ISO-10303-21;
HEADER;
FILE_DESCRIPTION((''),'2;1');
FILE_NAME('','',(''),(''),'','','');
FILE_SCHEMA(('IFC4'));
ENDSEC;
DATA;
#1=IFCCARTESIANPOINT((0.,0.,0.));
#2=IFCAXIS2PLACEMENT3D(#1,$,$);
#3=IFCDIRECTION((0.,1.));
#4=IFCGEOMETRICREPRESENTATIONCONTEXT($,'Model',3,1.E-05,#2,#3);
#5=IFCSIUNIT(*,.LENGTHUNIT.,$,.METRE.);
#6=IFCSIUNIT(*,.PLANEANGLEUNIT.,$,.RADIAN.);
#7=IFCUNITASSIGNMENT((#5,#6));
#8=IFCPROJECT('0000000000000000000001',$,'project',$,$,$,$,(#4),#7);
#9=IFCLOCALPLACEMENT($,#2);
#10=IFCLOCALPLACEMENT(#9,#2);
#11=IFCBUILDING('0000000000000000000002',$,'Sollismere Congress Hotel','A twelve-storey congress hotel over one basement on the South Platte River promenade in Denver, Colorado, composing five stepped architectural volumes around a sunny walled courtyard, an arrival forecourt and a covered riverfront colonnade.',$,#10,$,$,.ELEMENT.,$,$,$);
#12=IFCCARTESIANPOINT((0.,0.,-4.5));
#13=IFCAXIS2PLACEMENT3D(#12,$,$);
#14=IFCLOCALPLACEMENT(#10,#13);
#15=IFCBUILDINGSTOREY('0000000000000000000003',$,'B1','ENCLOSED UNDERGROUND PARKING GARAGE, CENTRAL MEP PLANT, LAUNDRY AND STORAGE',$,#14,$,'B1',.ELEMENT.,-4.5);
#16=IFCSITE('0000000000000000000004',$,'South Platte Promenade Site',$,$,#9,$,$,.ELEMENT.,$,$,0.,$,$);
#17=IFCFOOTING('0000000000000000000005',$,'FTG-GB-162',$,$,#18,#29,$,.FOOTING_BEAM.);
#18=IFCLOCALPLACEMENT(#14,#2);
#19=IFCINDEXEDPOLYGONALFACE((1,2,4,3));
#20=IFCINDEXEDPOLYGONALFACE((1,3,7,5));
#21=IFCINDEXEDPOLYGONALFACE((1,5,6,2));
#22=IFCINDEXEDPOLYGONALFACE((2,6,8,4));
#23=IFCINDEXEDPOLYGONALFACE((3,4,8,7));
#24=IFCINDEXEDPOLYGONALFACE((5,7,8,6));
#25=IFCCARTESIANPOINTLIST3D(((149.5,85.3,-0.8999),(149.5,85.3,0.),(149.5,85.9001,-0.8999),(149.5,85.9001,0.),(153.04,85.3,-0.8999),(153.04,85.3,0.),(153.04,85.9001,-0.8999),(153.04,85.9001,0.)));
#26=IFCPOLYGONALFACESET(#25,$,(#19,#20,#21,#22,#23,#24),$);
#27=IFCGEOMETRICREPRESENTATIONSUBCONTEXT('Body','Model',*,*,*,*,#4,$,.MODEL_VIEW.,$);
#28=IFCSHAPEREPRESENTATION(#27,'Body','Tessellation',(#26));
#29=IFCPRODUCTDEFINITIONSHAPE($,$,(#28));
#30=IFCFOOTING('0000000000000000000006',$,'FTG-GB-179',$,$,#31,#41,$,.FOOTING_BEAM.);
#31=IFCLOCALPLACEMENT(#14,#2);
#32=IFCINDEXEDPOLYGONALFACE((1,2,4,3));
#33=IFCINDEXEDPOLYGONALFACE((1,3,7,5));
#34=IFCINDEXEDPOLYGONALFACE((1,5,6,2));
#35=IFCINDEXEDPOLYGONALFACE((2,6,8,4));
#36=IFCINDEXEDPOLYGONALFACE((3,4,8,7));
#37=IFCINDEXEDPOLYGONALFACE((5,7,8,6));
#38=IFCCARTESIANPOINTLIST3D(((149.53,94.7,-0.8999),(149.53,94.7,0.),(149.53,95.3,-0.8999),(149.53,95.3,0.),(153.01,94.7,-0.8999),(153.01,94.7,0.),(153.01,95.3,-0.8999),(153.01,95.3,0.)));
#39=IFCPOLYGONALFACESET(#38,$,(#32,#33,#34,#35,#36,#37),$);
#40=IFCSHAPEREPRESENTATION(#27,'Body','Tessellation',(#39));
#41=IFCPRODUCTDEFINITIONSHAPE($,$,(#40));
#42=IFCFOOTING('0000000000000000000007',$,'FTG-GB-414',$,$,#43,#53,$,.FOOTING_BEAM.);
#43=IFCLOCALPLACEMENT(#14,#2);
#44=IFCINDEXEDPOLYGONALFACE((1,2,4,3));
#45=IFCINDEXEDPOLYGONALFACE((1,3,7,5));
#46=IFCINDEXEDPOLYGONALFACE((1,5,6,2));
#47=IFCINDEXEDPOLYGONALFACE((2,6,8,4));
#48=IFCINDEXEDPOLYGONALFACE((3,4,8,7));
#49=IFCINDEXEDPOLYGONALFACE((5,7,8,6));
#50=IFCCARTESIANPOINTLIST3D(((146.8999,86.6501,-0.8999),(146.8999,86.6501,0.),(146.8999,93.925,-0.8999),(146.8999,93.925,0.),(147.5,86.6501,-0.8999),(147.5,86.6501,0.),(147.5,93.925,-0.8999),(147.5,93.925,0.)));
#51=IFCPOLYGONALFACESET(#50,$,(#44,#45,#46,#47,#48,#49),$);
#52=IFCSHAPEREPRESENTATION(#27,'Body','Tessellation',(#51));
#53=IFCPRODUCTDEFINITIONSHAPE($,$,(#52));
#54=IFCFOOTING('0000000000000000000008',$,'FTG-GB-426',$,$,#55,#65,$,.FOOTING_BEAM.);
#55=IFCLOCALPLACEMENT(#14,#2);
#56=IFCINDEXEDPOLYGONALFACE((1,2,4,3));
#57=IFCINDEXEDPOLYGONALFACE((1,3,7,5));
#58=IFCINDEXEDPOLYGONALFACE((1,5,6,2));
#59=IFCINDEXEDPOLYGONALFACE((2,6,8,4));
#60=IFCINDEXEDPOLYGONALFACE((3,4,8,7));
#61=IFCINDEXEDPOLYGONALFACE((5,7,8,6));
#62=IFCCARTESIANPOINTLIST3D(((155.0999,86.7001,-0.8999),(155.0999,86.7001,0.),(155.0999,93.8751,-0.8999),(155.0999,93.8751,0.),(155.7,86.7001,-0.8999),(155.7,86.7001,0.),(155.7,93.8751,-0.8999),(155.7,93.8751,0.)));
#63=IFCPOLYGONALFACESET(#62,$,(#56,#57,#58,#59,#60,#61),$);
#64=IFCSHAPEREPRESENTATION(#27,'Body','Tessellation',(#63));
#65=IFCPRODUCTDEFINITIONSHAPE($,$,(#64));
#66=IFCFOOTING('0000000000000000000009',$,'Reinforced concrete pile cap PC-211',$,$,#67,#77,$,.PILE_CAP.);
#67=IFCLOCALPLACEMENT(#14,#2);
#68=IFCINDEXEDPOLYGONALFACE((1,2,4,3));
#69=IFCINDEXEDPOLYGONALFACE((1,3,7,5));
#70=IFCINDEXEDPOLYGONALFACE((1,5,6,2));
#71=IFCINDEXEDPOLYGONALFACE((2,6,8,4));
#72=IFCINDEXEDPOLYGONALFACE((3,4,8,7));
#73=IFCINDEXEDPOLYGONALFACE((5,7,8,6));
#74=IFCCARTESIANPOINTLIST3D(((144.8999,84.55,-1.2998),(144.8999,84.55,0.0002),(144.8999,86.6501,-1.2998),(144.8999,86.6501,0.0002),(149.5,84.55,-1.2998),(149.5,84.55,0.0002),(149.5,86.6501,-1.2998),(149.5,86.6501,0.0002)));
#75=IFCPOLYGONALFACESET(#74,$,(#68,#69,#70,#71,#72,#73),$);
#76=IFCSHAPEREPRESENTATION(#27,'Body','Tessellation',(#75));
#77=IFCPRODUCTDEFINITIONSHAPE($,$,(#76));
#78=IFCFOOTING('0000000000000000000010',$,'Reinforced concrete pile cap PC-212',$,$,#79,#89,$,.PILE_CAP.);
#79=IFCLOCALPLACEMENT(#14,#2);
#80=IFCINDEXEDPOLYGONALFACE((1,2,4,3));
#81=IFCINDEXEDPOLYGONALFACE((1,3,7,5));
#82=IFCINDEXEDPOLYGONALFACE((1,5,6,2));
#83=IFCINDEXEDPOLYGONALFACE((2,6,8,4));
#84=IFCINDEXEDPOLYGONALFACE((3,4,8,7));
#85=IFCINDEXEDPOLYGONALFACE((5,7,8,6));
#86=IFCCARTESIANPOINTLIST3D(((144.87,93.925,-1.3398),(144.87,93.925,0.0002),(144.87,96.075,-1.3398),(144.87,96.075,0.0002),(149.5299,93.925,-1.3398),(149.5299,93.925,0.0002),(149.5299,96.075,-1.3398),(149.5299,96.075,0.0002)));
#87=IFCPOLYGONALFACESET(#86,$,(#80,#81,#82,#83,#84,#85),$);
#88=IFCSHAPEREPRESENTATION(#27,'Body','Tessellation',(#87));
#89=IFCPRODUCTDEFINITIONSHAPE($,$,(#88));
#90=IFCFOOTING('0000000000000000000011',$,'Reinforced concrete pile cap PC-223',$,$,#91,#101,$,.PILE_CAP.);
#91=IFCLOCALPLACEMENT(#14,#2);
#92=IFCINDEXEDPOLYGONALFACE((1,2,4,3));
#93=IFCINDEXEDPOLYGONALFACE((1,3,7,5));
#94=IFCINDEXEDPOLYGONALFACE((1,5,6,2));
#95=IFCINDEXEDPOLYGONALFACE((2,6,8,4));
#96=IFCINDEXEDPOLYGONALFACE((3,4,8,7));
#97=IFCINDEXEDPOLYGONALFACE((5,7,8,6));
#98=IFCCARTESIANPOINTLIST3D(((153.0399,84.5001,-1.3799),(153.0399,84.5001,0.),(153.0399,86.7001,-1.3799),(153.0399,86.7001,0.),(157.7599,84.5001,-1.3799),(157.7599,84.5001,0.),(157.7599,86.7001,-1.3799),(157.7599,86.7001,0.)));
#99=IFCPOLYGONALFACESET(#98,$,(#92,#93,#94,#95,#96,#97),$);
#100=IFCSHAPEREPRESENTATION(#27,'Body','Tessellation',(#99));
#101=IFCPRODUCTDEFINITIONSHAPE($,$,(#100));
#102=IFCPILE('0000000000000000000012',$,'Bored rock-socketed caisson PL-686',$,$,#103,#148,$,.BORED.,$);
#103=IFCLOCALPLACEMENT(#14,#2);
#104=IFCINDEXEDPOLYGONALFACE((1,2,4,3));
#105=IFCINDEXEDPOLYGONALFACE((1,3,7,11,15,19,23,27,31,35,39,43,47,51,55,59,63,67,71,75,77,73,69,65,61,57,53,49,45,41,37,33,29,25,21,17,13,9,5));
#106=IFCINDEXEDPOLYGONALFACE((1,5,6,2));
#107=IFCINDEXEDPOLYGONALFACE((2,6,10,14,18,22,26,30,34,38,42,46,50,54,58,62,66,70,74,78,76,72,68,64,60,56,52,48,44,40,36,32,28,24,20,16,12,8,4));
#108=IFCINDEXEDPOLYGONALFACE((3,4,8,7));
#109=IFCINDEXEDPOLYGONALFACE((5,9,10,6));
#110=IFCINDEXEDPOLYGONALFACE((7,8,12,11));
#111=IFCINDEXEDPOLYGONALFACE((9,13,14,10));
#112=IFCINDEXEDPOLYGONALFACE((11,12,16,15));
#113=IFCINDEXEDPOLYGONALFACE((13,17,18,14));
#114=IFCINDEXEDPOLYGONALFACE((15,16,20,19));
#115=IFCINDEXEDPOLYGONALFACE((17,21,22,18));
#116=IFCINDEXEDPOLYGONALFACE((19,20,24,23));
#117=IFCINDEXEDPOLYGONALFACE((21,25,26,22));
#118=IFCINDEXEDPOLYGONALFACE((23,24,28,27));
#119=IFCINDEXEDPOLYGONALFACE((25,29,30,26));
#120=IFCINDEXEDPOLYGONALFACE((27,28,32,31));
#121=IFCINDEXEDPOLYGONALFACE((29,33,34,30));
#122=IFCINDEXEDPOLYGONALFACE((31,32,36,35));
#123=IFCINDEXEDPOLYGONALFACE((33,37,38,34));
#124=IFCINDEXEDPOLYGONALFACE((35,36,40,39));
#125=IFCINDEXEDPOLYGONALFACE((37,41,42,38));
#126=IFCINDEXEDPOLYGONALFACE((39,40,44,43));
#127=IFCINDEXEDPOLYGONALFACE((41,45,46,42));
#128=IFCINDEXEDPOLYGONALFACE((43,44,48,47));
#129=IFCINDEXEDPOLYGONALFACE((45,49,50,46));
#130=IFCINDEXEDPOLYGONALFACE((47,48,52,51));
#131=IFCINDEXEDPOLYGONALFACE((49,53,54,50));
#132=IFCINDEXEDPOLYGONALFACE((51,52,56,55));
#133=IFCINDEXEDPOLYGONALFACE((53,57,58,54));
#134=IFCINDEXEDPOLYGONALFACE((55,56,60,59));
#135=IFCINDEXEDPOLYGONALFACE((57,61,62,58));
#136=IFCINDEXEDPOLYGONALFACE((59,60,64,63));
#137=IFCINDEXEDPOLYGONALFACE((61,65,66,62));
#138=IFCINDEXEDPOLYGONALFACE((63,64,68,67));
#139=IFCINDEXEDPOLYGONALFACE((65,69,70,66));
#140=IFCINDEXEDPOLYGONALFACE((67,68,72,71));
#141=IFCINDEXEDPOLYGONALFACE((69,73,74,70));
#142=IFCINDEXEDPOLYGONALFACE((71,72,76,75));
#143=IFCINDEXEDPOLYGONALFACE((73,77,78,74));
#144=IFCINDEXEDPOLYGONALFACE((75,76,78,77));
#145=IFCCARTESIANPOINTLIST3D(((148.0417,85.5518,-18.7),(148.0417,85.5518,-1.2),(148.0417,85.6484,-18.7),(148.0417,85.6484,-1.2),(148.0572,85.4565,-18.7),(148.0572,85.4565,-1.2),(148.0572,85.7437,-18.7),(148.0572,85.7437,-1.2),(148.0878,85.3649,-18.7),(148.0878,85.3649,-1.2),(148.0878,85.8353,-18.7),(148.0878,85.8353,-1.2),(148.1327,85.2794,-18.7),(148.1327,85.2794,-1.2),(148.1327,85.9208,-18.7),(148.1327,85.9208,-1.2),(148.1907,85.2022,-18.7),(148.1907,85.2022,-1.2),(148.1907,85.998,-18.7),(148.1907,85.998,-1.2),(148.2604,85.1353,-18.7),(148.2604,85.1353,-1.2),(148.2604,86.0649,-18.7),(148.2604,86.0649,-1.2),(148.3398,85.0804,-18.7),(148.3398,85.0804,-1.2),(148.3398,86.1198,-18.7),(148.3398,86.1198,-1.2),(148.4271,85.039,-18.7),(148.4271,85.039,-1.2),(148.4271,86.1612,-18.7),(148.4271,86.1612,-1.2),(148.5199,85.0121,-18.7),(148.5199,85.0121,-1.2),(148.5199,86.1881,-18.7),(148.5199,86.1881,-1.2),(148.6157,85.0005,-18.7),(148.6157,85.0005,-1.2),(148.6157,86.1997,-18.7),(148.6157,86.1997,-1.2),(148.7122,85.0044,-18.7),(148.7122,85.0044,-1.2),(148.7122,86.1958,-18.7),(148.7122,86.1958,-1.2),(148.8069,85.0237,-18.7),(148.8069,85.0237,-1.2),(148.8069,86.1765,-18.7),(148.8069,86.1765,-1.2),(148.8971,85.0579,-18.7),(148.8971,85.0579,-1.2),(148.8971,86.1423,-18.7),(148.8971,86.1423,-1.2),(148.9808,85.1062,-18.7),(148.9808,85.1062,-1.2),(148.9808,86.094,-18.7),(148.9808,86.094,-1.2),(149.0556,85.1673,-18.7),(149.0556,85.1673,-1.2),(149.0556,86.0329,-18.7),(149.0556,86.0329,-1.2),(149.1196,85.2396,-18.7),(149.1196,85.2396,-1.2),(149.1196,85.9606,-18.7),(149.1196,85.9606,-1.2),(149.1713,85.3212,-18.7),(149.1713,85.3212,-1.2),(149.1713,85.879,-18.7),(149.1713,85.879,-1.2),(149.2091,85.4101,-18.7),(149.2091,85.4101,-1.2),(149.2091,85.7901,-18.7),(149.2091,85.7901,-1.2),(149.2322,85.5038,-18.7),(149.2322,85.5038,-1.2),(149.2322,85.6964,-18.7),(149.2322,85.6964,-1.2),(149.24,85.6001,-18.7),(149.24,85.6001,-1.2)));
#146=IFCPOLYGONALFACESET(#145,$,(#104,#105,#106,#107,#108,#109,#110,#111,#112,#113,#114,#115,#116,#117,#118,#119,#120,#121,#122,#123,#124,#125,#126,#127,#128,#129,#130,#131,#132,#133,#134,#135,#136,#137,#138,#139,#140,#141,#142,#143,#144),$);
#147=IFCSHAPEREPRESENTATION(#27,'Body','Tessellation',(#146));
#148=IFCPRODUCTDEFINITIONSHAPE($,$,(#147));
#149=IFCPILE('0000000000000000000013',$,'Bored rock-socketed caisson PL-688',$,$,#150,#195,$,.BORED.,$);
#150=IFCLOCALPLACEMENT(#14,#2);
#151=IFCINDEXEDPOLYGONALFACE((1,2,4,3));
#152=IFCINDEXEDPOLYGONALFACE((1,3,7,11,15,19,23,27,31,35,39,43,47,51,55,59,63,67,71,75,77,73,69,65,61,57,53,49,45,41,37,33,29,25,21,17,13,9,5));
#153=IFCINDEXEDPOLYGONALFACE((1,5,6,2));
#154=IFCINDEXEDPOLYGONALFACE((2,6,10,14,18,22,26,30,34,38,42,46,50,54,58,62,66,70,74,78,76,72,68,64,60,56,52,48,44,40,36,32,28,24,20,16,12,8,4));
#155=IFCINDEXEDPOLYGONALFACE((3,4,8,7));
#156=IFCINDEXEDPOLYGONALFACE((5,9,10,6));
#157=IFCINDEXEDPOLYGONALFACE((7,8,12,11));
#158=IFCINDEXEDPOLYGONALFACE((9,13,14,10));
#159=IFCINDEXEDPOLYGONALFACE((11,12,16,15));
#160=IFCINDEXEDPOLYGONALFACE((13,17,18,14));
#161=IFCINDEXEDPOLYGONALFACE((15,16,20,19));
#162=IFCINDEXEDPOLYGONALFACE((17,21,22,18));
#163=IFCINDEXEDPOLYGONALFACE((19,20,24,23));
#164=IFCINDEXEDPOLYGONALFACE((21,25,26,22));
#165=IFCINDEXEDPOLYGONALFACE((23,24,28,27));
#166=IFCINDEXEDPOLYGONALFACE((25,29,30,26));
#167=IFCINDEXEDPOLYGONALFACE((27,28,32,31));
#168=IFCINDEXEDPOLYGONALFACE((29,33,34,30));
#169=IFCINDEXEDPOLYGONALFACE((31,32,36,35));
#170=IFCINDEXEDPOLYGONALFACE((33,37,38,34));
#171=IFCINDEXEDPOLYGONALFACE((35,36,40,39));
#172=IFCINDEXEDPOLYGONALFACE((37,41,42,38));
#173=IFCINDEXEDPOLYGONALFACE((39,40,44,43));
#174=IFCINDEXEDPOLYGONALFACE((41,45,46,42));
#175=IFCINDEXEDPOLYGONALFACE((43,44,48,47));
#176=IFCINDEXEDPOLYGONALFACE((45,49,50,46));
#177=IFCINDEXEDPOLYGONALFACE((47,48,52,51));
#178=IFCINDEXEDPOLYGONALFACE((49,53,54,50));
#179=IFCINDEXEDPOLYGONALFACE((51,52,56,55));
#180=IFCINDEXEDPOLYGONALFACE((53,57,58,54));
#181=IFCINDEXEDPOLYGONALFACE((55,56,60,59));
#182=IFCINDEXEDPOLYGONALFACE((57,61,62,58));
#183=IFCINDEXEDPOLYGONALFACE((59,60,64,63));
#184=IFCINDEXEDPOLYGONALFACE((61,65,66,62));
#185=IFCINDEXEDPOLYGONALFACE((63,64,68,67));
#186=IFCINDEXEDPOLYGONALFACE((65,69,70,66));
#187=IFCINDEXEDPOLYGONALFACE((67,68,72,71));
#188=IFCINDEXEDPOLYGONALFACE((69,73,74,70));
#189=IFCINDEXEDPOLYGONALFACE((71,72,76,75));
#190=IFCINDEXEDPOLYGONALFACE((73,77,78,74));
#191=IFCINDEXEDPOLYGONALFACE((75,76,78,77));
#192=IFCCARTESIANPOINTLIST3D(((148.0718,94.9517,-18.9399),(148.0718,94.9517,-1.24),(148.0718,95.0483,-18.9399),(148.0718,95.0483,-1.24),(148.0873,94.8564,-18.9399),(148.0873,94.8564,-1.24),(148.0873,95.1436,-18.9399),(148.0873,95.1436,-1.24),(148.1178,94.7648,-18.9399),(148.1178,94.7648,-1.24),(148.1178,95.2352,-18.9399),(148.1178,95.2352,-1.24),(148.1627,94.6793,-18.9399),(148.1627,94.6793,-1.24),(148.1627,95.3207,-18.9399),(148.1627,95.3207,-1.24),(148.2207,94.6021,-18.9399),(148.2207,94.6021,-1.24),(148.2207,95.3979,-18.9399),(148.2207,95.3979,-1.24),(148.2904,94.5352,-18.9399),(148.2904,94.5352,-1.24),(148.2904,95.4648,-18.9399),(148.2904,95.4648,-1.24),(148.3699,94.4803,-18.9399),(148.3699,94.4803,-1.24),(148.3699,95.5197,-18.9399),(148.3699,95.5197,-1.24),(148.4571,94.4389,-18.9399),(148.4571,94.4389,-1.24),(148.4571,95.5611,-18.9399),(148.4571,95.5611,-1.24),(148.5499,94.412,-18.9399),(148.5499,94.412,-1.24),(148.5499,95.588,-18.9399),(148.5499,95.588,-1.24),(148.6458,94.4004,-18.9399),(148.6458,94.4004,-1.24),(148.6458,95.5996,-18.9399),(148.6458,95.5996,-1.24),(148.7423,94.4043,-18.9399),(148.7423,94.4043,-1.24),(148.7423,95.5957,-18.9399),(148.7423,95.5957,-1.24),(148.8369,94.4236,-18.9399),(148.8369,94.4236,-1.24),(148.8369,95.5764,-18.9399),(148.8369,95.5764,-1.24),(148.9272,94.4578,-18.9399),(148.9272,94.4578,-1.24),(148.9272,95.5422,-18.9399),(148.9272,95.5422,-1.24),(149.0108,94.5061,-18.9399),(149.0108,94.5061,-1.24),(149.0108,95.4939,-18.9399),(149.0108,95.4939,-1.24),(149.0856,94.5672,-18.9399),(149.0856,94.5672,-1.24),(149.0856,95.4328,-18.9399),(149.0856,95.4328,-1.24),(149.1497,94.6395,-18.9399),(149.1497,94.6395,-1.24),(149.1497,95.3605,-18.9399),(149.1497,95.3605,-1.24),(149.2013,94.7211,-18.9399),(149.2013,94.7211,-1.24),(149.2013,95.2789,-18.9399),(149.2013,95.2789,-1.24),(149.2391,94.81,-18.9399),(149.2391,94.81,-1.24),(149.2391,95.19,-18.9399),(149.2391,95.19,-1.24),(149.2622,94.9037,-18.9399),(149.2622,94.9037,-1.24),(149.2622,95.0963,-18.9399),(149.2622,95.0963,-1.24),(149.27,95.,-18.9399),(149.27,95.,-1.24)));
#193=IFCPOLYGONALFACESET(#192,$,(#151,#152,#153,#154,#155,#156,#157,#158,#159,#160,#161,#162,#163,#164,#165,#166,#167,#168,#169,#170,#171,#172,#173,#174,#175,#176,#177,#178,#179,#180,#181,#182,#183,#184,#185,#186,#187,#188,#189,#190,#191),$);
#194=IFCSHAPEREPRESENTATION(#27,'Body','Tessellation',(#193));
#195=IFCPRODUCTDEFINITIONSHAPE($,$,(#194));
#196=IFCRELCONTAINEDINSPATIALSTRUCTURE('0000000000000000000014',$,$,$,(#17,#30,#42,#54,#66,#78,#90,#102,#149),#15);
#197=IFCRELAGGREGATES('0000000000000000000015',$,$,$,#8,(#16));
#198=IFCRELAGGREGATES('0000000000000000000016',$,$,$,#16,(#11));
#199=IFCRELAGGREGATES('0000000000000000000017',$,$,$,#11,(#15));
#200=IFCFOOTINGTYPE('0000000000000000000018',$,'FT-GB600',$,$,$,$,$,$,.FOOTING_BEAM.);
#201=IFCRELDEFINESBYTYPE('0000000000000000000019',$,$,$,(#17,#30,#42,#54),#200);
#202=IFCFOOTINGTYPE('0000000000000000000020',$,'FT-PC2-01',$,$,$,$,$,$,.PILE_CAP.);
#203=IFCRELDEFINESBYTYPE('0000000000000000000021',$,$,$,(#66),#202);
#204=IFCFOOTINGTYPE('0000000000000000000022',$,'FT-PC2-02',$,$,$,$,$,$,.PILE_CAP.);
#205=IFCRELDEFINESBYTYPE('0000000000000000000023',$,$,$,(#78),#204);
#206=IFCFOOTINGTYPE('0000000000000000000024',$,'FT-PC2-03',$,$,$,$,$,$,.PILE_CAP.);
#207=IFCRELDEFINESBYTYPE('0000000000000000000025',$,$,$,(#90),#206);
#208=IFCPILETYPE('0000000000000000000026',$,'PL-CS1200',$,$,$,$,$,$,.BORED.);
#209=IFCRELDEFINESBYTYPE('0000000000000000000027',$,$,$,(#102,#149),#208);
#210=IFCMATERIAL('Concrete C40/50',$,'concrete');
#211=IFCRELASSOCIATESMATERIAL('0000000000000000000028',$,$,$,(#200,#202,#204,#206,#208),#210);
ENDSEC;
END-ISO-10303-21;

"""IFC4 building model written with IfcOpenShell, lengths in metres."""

from ifc_helpers import new_model, si_unit, direction, frame, origin, origin_2d, place, context, subcontext, project, spatial, rectangle, circle, extrude, material, material_profile, profile_set, type_object, element, save


model = new_model("IFC4")

# Units and contexts
model_context = context("Model", 3, precision=1e-05, world=origin(), true_north=direction((0.0, 1.0)))
body_context = subcontext(model_context, "Body", "Model", "MODEL_VIEW")
ifc_project = project(units=[si_unit("LENGTHUNIT", "METRE"), si_unit("PLANEANGLEUNIT", "RADIAN")], contexts=[model_context])

# Site, building, storey
site_placement = place(None, origin())
site = spatial("IfcSite", under=ifc_project, at=site_placement, Name="South Platte Promenade Site", CompositionType="ELEMENT", RefElevation=0.0)
building_placement = place(site_placement, origin())
building = spatial("IfcBuilding", under=site, at=building_placement, Name="Sollismere Congress Hotel", Description="A twelve-storey congress hotel over one basement on the South Platte River promenade in Denver, Colorado, composing five stepped architectural volumes around a sunny walled courtyard, an arrival forecourt and a covered riverfront colonnade.", CompositionType="ELEMENT")
storey_placement = place(building_placement, frame((0.0, 0.0, -4.5)))
storey = spatial("IfcBuildingStorey", under=building, at=storey_placement, Name="B1", Description="ENCLOSED UNDERGROUND PARKING GARAGE, CENTRAL MEP PLANT, LAUNDRY AND STORAGE", LongName="B1", CompositionType="ELEMENT", Elevation=-4.5)

# Footings
ifc_material_1 = material(Name="Concrete C40/50", Category="concrete")
footing_type_1 = type_object("IfcFootingType", Name="FT-GB600", PredefinedType="FOOTING_BEAM", material=ifc_material_1)
footing_1_placement = place(storey_placement, frame((151.27, 85.6001, -0.8999), z_axis=(0.0, 0.0, 1.0), x_axis=(1.0, 0.0, 0.0)))
element("IfcFooting", 1, at=footing_1_placement, inside=storey, type_object=footing_type_1, Name="FTG-GB-162", PredefinedType="FOOTING_BEAM", context=body_context, shape_type="SweptSolid", body=[
    extrude(rectangle(XDim=3.54, YDim=0.6001, at=origin_2d()), origin(), (0.0, 0.0, 1.0), 0.8999),
])
footing_2_placement = place(storey_placement, frame((151.27, 95.0, -0.8999), z_axis=(0.0, 0.0, 1.0), x_axis=(1.0, 0.0, 0.0)))
element("IfcFooting", 2, at=footing_2_placement, inside=storey, type_object=footing_type_1, Name="FTG-GB-179", PredefinedType="FOOTING_BEAM", context=body_context, shape_type="SweptSolid", body=[
    extrude(rectangle(XDim=3.48, YDim=0.6001, at=origin_2d()), origin(), (0.0, 0.0, 1.0), 0.8999),
])
footing_3_placement = place(storey_placement, frame((147.2, 90.2876, -0.8999), z_axis=(0.0, 0.0, 1.0), x_axis=(0.0, 1.0, 0.0)))
element("IfcFooting", 3, at=footing_3_placement, inside=storey, type_object=footing_type_1, Name="FTG-GB-414", PredefinedType="FOOTING_BEAM", context=body_context, shape_type="SweptSolid", body=[
    extrude(rectangle(XDim=7.2749, YDim=0.6001, at=origin_2d()), origin(), (0.0, 0.0, 1.0), 0.8999),
])
footing_4_placement = place(storey_placement, frame((155.3999, 90.2876, -0.8999), z_axis=(0.0, 0.0, 1.0), x_axis=(0.0, 1.0, 0.0)))
element("IfcFooting", 4, at=footing_4_placement, inside=storey, type_object=footing_type_1, Name="FTG-GB-426", PredefinedType="FOOTING_BEAM", context=body_context, shape_type="SweptSolid", body=[
    extrude(rectangle(XDim=7.175, YDim=0.6001, at=origin_2d()), origin(), (0.0, 0.0, 1.0), 0.8999),
])
footing_type_2 = type_object("IfcFootingType", Name="FT-PC2-01", PredefinedType="PILE_CAP", material=ifc_material_1)
footing_5_placement = place(storey_placement, frame((147.2, 85.6001, -1.2998), z_axis=(0.0, 0.0, 1.0), x_axis=(1.0, 0.0, 0.0)))
element("IfcFooting", 5, at=footing_5_placement, inside=storey, type_object=footing_type_2, Name="Reinforced concrete pile cap PC-211", PredefinedType="PILE_CAP", context=body_context, shape_type="SweptSolid", body=[
    extrude(rectangle(XDim=4.6001, YDim=2.1001, at=origin_2d()), origin(), (0.0, 0.0, 1.0), 1.3),
])
footing_type_3 = type_object("IfcFootingType", Name="FT-PC2-02", PredefinedType="PILE_CAP", material=ifc_material_1)
footing_6_placement = place(storey_placement, frame((147.2, 95.0, -1.3398), z_axis=(0.0, 0.0, 1.0), x_axis=(1.0, 0.0, 0.0)))
element("IfcFooting", 6, at=footing_6_placement, inside=storey, type_object=footing_type_3, Name="Reinforced concrete pile cap PC-212", PredefinedType="PILE_CAP", context=body_context, shape_type="SweptSolid", body=[
    extrude(rectangle(XDim=4.6599, YDim=2.1499, at=origin_2d()), origin(), (0.0, 0.0, 1.0), 1.3401),
])
footing_type_4 = type_object("IfcFootingType", Name="FT-PC2-03", PredefinedType="PILE_CAP", material=ifc_material_1)
footing_7_placement = place(storey_placement, frame((155.3999, 85.6001, -1.3799), z_axis=(0.0, 0.0, 1.0), x_axis=(1.0, 0.0, 0.0)))
element("IfcFooting", 7, at=footing_7_placement, inside=storey, type_object=footing_type_4, Name="Reinforced concrete pile cap PC-223", PredefinedType="PILE_CAP", context=body_context, shape_type="SweptSolid", body=[
    extrude(rectangle(XDim=4.72, YDim=2.2, at=origin_2d()), origin(), (0.0, 0.0, 1.0), 1.3799),
])

# Piles
ifc_material_profile_1 = material_profile(ifc_material_1, circle(Radius=0.6001, at=origin_2d()), Name="CAISSON1200")
ifc_profile_set_1 = profile_set([ifc_material_profile_1], Name="Concrete C40/50")
pile_type = type_object("IfcPileType", Name="PL-CS1200", PredefinedType="BORED", material=ifc_profile_set_1)
pile_1_placement = place(storey_placement, frame((148.6399, 85.6001, -1.2), z_axis=(0.0, 0.0, -1.0), x_axis=(1.0, 0.0, 0.0)))
element("IfcPile", 8, at=pile_1_placement, inside=storey, type_object=pile_type, Name="Bored rock-socketed caisson PL-686", PredefinedType="BORED", context=body_context, shape_type="SweptSolid", body=[
    extrude(circle(Radius=0.6001, at=origin_2d()), origin(), (0.0, 0.0, 1.0), 17.5),
])
pile_2_placement = place(storey_placement, frame((148.6699, 95.0, -1.24), z_axis=(0.0, 0.0, -1.0), x_axis=(1.0, 0.0, 0.0)))
element("IfcPile", 9, at=pile_2_placement, inside=storey, type_object=pile_type, Name="Bored rock-socketed caisson PL-688", PredefinedType="BORED", context=body_context, shape_type="SweptSolid", body=[
    extrude(circle(Radius=0.6001, at=origin_2d()), origin(), (0.0, 0.0, 1.0), 17.7),
])

save(model, "model.ifc")
